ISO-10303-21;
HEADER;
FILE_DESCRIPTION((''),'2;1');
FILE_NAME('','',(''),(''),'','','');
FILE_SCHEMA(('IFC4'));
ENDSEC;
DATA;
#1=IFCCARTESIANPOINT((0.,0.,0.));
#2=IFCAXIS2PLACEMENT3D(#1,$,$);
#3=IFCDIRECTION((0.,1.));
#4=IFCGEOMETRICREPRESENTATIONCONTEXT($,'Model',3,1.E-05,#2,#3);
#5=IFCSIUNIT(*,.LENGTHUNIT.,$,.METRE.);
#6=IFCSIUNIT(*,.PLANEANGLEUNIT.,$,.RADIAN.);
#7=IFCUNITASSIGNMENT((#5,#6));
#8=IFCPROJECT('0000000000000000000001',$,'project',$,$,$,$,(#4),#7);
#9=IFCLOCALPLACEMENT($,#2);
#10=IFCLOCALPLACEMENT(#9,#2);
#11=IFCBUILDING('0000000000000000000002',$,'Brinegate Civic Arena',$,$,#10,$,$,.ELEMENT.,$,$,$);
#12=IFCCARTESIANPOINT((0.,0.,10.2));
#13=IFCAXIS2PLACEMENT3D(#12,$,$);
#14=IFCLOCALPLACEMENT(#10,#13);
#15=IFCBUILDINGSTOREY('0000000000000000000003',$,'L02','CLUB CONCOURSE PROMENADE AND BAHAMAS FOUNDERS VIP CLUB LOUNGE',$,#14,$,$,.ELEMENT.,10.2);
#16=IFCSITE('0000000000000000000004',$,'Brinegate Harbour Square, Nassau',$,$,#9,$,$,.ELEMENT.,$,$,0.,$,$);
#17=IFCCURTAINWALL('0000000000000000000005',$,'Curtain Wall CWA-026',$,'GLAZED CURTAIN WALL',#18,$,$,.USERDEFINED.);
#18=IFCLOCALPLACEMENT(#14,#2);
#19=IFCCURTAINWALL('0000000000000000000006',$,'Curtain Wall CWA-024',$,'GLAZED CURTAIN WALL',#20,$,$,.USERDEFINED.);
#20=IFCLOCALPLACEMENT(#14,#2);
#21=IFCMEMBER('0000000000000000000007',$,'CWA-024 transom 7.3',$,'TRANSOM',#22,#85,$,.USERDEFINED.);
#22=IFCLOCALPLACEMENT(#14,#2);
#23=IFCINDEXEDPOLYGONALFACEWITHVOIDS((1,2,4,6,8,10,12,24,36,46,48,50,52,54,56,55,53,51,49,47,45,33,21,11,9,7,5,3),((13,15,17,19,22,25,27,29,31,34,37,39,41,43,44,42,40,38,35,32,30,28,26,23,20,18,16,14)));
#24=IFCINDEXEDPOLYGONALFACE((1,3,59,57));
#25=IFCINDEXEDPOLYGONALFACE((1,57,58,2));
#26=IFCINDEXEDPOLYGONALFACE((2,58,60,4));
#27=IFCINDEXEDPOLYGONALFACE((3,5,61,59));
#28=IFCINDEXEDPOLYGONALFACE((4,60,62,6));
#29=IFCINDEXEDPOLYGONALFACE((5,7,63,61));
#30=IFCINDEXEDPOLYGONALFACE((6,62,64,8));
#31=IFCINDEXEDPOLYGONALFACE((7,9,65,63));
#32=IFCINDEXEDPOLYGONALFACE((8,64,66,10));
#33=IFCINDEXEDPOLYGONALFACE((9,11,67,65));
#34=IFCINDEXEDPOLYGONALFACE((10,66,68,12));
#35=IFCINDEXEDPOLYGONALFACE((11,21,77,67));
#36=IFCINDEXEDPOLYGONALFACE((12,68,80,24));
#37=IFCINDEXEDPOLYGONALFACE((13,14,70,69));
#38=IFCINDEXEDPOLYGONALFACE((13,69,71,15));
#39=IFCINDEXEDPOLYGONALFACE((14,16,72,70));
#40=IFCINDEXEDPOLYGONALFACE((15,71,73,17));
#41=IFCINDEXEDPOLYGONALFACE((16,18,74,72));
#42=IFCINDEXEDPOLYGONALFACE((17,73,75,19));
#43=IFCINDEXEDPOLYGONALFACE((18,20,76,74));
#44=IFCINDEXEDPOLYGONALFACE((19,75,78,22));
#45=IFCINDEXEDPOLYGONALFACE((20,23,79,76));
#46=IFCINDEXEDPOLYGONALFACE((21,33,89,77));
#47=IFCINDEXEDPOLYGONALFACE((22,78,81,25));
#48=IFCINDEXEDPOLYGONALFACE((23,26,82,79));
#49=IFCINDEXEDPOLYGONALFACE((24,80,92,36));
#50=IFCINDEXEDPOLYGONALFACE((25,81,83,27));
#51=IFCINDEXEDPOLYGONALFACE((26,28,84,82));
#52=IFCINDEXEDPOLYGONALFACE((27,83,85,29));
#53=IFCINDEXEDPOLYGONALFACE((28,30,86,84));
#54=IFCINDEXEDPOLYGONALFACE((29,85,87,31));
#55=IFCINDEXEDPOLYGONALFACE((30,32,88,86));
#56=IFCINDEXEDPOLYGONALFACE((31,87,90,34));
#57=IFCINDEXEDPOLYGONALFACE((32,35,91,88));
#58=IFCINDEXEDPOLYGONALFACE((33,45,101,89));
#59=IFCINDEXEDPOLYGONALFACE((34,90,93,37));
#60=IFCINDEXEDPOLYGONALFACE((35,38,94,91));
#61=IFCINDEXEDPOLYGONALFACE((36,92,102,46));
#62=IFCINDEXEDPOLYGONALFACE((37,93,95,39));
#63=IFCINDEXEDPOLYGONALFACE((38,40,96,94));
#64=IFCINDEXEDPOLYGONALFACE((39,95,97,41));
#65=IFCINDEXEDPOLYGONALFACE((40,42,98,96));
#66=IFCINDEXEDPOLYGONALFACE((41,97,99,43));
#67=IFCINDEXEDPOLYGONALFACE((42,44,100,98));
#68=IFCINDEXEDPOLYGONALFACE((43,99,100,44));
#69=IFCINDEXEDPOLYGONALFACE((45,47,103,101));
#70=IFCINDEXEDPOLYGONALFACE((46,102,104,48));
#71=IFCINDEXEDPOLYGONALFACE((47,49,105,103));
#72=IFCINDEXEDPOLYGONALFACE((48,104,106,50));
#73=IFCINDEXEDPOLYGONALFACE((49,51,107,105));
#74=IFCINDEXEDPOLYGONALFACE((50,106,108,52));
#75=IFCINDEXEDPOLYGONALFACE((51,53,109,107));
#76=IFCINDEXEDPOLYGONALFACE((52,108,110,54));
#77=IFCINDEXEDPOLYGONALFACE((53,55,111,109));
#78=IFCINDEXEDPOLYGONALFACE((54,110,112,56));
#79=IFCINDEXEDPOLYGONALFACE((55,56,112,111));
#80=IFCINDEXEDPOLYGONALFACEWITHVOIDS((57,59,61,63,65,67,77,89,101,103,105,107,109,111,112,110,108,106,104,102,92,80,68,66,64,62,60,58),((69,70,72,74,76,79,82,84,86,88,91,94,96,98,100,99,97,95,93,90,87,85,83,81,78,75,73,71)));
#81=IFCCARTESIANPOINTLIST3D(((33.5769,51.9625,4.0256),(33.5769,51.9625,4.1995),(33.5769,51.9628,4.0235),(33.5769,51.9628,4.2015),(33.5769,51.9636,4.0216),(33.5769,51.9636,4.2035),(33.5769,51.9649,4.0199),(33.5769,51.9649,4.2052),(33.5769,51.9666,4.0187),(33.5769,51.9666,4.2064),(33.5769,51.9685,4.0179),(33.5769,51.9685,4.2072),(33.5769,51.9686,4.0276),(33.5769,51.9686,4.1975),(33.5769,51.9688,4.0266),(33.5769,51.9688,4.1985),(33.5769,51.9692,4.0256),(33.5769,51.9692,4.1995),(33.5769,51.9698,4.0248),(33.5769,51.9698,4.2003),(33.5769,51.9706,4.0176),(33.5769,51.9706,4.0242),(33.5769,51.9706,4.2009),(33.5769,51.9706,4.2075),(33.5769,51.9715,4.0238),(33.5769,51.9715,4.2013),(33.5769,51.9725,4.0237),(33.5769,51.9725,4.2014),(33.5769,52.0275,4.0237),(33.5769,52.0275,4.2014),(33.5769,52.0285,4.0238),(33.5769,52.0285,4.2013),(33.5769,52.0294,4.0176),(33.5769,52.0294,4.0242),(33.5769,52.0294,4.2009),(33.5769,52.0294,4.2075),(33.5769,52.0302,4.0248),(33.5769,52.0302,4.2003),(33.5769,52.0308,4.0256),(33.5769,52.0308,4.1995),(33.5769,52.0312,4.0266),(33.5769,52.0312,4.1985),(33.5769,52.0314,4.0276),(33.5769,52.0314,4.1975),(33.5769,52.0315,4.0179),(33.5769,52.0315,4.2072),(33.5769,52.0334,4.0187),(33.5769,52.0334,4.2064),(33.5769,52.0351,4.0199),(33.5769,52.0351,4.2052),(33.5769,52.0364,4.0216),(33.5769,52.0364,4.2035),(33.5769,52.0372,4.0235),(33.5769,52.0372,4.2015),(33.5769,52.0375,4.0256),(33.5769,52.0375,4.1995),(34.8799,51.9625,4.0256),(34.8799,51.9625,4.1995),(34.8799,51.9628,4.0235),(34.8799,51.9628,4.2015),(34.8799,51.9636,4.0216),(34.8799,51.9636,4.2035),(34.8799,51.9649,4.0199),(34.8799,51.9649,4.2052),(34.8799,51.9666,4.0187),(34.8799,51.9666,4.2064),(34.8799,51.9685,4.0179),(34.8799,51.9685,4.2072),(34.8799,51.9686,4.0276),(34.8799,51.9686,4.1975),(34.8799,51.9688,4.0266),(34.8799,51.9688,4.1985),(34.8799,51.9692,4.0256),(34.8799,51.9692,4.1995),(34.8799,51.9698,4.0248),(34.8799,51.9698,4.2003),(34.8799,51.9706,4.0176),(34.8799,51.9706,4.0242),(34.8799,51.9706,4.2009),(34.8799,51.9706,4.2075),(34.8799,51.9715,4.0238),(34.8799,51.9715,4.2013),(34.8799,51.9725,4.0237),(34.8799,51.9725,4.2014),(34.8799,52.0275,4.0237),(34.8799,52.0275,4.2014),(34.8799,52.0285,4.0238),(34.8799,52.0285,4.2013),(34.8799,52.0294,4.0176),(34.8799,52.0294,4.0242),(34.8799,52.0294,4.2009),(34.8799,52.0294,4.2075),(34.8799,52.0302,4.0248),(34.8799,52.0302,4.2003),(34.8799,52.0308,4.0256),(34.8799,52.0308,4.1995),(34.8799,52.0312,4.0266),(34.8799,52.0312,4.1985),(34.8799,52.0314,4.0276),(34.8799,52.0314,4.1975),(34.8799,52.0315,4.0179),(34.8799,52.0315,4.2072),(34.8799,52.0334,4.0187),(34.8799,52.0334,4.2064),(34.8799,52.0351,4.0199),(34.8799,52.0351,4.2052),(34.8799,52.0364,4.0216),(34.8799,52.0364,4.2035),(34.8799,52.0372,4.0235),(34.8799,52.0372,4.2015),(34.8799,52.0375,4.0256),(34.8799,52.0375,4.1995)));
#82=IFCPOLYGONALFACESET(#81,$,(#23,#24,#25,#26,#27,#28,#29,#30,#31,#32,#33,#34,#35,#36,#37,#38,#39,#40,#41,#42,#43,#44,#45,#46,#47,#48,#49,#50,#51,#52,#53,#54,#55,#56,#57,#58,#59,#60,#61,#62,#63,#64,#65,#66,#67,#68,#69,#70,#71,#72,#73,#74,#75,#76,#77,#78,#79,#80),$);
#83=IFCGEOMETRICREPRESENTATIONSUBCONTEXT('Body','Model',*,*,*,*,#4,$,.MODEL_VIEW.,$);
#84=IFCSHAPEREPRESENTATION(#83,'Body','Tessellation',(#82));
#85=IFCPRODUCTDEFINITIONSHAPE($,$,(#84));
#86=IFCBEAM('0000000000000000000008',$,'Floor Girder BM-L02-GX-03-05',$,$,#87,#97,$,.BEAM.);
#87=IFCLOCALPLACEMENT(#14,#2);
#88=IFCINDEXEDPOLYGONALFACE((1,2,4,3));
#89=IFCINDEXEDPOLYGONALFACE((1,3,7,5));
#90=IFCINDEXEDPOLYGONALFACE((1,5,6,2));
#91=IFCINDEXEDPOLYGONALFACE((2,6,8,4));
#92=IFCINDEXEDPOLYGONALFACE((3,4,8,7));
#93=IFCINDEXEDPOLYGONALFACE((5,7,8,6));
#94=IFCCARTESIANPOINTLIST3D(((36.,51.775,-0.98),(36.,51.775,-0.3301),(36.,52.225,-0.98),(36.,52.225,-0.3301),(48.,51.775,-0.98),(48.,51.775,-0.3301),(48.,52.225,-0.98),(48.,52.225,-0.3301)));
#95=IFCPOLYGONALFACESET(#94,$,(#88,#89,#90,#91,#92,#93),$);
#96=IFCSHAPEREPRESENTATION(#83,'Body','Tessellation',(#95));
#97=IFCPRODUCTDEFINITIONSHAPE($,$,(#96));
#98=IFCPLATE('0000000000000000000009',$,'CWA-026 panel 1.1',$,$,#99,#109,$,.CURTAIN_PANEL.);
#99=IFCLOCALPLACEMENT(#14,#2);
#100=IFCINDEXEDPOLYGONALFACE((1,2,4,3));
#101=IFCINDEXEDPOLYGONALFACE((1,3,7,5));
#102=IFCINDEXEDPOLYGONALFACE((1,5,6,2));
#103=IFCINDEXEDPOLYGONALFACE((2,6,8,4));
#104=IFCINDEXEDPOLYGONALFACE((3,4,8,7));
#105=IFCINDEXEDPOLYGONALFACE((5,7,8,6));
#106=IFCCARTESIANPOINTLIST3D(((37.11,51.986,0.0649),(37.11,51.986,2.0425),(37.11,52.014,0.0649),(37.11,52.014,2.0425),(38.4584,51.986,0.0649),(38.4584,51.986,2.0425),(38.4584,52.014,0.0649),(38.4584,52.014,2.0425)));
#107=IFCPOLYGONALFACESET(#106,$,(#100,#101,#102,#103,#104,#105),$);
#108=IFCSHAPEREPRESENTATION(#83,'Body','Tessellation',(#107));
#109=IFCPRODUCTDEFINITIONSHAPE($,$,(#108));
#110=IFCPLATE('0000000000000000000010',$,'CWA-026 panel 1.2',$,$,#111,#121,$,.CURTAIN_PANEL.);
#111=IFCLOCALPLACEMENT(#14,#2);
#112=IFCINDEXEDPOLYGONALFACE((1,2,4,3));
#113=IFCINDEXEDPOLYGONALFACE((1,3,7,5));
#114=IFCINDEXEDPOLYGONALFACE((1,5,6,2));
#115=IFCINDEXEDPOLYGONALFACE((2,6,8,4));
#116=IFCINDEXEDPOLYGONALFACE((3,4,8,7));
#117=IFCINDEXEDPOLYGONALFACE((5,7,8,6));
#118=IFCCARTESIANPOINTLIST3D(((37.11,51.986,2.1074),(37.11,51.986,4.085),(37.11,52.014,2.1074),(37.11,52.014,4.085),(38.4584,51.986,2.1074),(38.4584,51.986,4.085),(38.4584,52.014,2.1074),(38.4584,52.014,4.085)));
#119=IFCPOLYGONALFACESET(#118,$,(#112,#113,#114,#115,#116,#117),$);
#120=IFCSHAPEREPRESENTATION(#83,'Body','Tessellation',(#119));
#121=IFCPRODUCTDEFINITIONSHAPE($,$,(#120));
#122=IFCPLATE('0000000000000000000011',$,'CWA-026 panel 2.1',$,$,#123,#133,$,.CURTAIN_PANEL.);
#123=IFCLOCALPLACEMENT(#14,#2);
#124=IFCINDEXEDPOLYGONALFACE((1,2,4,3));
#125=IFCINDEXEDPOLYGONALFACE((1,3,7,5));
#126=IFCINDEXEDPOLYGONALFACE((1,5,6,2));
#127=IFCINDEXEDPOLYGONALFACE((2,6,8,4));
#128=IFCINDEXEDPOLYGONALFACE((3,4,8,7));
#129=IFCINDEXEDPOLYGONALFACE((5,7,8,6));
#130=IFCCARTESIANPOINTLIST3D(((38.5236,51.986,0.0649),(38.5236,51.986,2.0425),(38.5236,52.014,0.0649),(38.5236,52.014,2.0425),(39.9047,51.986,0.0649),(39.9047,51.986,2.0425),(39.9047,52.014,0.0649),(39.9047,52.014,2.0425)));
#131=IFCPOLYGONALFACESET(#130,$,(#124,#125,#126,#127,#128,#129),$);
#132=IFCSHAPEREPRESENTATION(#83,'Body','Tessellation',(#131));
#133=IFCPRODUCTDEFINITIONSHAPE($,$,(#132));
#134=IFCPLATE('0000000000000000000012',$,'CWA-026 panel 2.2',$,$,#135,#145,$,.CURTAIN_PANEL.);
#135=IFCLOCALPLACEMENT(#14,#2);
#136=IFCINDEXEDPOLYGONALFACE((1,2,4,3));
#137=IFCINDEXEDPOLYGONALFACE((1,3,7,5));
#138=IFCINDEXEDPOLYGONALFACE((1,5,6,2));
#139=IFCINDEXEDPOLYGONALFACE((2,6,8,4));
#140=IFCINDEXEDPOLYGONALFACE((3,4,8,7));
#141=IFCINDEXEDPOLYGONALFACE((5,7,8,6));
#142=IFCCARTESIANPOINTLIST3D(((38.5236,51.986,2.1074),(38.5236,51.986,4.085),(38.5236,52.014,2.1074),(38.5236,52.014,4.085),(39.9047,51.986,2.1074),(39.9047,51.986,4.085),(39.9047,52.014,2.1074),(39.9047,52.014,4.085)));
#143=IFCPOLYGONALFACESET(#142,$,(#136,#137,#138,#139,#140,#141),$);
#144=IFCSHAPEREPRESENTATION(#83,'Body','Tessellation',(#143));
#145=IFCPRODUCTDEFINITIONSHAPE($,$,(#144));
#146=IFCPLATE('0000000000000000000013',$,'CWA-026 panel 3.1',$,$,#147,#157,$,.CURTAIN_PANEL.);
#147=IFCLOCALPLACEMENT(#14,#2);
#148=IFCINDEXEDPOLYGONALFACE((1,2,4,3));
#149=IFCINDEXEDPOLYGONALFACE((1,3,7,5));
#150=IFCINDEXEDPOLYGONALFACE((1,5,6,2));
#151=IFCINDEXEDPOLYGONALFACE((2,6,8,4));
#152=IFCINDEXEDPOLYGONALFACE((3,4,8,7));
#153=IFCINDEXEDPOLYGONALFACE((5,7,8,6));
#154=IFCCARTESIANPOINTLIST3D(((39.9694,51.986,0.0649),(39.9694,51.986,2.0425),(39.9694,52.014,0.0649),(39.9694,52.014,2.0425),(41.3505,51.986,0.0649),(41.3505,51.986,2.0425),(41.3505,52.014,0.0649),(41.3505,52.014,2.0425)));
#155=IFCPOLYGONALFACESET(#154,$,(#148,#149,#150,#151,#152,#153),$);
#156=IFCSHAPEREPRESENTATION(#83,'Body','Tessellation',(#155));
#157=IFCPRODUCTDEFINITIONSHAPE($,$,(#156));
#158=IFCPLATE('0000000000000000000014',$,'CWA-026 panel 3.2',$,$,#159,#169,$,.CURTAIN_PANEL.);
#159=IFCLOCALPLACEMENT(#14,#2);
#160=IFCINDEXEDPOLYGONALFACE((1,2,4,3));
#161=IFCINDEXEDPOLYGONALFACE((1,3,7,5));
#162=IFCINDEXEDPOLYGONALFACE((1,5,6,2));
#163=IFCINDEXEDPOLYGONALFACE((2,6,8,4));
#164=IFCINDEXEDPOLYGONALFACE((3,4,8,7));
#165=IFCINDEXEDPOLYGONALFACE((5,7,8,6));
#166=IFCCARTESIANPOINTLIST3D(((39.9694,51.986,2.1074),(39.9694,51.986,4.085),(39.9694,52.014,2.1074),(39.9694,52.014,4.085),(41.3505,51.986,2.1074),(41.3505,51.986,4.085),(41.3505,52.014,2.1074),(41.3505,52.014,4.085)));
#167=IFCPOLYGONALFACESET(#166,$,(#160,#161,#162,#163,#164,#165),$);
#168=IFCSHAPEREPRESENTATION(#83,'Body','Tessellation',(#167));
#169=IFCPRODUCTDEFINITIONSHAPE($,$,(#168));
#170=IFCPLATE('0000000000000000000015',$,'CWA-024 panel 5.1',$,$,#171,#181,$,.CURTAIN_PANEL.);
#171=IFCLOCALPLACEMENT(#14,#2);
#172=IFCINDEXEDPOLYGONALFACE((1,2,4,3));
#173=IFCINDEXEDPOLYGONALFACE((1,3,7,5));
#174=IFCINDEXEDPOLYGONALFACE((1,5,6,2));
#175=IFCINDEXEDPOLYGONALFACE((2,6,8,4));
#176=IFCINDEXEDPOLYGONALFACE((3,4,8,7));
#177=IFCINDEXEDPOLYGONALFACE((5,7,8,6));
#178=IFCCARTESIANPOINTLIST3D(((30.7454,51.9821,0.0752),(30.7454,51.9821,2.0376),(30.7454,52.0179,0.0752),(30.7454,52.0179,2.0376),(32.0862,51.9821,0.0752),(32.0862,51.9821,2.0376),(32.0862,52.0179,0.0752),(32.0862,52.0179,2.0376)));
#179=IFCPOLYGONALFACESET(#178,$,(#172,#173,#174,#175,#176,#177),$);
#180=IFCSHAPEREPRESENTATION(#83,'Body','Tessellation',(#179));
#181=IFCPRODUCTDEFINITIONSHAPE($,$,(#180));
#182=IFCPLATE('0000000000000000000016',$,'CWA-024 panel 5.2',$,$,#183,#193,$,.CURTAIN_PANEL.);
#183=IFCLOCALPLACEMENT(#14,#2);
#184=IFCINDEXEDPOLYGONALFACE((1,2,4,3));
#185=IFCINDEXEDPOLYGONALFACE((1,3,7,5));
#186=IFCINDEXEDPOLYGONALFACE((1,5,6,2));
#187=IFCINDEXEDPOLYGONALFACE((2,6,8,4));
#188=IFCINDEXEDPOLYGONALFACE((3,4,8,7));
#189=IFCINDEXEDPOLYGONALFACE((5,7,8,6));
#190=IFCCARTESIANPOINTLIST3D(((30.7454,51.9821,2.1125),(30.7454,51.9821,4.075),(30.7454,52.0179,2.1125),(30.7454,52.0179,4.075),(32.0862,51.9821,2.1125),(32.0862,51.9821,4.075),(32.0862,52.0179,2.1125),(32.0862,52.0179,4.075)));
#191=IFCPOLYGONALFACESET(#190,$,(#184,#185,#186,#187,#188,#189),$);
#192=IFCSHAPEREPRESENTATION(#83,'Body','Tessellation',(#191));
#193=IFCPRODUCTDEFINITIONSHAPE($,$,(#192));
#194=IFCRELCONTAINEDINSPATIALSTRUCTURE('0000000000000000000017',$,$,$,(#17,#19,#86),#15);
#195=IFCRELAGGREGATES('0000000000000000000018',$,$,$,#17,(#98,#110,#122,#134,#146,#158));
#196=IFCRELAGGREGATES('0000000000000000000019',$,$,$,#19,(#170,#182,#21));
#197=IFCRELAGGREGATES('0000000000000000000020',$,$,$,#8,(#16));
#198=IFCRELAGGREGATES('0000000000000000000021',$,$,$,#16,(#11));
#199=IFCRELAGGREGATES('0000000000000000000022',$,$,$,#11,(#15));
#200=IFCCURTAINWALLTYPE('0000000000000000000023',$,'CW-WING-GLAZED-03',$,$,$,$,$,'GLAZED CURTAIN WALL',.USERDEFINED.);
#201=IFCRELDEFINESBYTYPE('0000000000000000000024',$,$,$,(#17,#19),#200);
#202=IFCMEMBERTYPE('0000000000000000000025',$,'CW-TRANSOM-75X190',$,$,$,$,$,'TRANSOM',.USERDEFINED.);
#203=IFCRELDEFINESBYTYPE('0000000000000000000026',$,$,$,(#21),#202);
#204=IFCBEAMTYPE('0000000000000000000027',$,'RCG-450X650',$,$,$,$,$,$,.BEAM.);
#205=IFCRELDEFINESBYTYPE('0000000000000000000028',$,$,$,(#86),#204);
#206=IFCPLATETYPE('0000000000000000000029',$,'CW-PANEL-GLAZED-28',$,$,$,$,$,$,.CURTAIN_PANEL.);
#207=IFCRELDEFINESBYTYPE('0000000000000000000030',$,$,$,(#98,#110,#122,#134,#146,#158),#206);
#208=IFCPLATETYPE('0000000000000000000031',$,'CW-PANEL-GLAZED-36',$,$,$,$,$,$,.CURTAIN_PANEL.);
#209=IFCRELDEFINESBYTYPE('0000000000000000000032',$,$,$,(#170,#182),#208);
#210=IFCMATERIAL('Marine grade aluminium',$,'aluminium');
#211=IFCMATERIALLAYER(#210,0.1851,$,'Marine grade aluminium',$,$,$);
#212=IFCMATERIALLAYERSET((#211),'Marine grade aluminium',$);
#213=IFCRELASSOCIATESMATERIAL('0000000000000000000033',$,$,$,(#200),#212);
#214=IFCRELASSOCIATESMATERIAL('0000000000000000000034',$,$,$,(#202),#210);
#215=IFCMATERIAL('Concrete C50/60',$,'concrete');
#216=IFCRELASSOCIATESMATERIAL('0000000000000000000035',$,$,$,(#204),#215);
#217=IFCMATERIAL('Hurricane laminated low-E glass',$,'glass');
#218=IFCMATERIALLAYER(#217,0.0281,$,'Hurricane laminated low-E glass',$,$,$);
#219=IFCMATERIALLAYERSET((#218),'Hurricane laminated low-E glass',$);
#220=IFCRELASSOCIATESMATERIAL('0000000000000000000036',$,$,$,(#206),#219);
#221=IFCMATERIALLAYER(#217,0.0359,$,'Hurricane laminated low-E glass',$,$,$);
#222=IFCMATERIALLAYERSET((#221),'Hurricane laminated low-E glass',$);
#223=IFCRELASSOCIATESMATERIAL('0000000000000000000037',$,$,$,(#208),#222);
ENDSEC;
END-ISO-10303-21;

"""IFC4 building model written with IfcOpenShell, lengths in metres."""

from ifc_helpers import new_model, si_unit, direction, frame, origin, origin_2d, place, context, subcontext, project, spatial, rectangle, hollow_rectangle, extrude, material, layer, layer_set, material_profile, profile_set, type_object, element, aggregate, save


model = new_model("IFC4")

# Units and contexts
model_context = context("Model", 3, precision=1e-05, world=origin(), true_north=direction((0.0, 1.0)))
body_context = subcontext(model_context, "Body", "Model", "MODEL_VIEW")
ifc_project = project(units=[si_unit("LENGTHUNIT", "METRE"), si_unit("PLANEANGLEUNIT", "RADIAN")], contexts=[model_context])

# Site, building, storey
site_placement = place(None, origin())
site = spatial("IfcSite", under=ifc_project, at=site_placement, Name="Brinegate Harbour Square, Nassau", CompositionType="ELEMENT", RefElevation=0.0)
building_placement = place(site_placement, origin())
building = spatial("IfcBuilding", under=site, at=building_placement, Name="Brinegate Civic Arena", CompositionType="ELEMENT")
storey_placement = place(building_placement, frame((0.0, 0.0, 10.2)))
storey = spatial("IfcBuildingStorey", under=building, at=storey_placement, Name="L02", Description="CLUB CONCOURSE PROMENADE AND BAHAMAS FOUNDERS VIP CLUB LOUNGE", CompositionType="ELEMENT", Elevation=10.2)

# Shared definitions
ifc_material_1 = material(Name="Concrete C50/60", Category="concrete")

# Curtain walls
ifc_material_2 = material(Name="Marine grade aluminium", Category="aluminium")
ifc_layer_1 = layer(ifc_material_2, 0.1851, Name="Marine grade aluminium")
ifc_layer_set_1 = layer_set([ifc_layer_1], Name="Marine grade aluminium")
curtain_wall_type = type_object("IfcCurtainWallType", Name="CW-WING-GLAZED-03", ElementType="GLAZED CURTAIN WALL", PredefinedType="USERDEFINED", material=ifc_layer_set_1)
curtain_wall_1_placement = place(storey_placement, origin())
curtain_wall_1 = element("IfcCurtainWall", 1, at=curtain_wall_1_placement, inside=storey, type_object=curtain_wall_type, Name="Curtain Wall CWA-026", ObjectType="GLAZED CURTAIN WALL", PredefinedType="USERDEFINED")
curtain_wall_2_placement = place(storey_placement, origin())
curtain_wall_2 = element("IfcCurtainWall", 2, at=curtain_wall_2_placement, inside=storey, type_object=curtain_wall_type, Name="Curtain Wall CWA-024", ObjectType="GLAZED CURTAIN WALL", PredefinedType="USERDEFINED")

# Member
ifc_material_profile_1 = material_profile(ifc_material_2, hollow_rectangle(XDim=0.075, YDim=0.1899, WallThickness=0.0061, InnerFilletRadius=0.0039, OuterFilletRadius=0.0081, at=origin_2d()), Name="TRN75X190")
ifc_profile_set_1 = profile_set([ifc_material_profile_1], Name="Marine grade aluminium")
member_type_1 = type_object("IfcMemberType", Name="CW-TRANSOM-75X190", ElementType="TRANSOM", PredefinedType="USERDEFINED", material=ifc_profile_set_1)
member_1_placement = place(storey_placement, frame((33.5769, 52.0, 4.1125), z_axis=(1.0, 0.0, 0.0), x_axis=(0.0, 1.0, 0.0)))
member_1 = element("IfcMember", 3, at=member_1_placement, type_object=member_type_1, Name="CWA-024 transom 7.3", ObjectType="TRANSOM", PredefinedType="USERDEFINED", context=body_context, shape_type="SweptSolid", body=[
    extrude(hollow_rectangle(XDim=0.075, YDim=0.1899, WallThickness=0.0061, InnerFilletRadius=0.0039, OuterFilletRadius=0.0081, at=origin_2d()), origin(), (0.0, 0.0, 1.0), 1.303),
])

# Beam
ifc_material_profile_2 = material_profile(ifc_material_1, rectangle(XDim=0.45, YDim=0.6499, at=origin_2d()), Name="RCB450X650")
ifc_profile_set_2 = profile_set([ifc_material_profile_2], Name="Concrete C50/60")
beam_type = type_object("IfcBeamType", Name="RCG-450X650", PredefinedType="BEAM", material=ifc_profile_set_2)
beam_placement = place(storey_placement, frame((36.0, 52.0, -0.655), z_axis=(1.0, 0.0, 0.0), x_axis=(0.0, 1.0, 0.0)))
element("IfcBeam", 4, at=beam_placement, inside=storey, type_object=beam_type, Name="Floor Girder BM-L02-GX-03-05", PredefinedType="BEAM", context=body_context, shape_type="SweptSolid", body=[
    extrude(rectangle(XDim=0.45, YDim=0.6499, at=origin_2d()), origin(), (0.0, 0.0, 1.0), 12.0),
])

# Plates
ifc_material_3 = material(Name="Hurricane laminated low-E glass", Category="glass")
ifc_layer_2 = layer(ifc_material_3, 0.0281, Name="Hurricane laminated low-E glass")
ifc_layer_set_2 = layer_set([ifc_layer_2], Name="Hurricane laminated low-E glass")
plate_type_1 = type_object("IfcPlateType", Name="CW-PANEL-GLAZED-28", PredefinedType="CURTAIN_PANEL", material=ifc_layer_set_2)
plate_1_placement = place(storey_placement, frame((37.7842, 52.0, 0.0649), z_axis=(0.0, 0.0, 1.0), x_axis=(1.0, 0.0, 0.0)))
plate_1 = element("IfcPlate", 5, at=plate_1_placement, type_object=plate_type_1, Name="CWA-026 panel 1.1", PredefinedType="CURTAIN_PANEL", context=body_context, shape_type="SweptSolid", body=[
    extrude(rectangle(XDim=1.3484, YDim=0.0281, at=origin_2d()), origin(), (0.0, 0.0, 1.0), 1.9775),
])
plate_2_placement = place(storey_placement, frame((37.7842, 52.0, 2.1074), z_axis=(0.0, 0.0, 1.0), x_axis=(1.0, 0.0, 0.0)))
plate_2 = element("IfcPlate", 6, at=plate_2_placement, type_object=plate_type_1, Name="CWA-026 panel 1.2", PredefinedType="CURTAIN_PANEL", context=body_context, shape_type="SweptSolid", body=[
    extrude(rectangle(XDim=1.3484, YDim=0.0281, at=origin_2d()), origin(), (0.0, 0.0, 1.0), 1.9775),
])
plate_3_placement = place(storey_placement, frame((39.2141, 52.0, 0.0649), z_axis=(0.0, 0.0, 1.0), x_axis=(1.0, 0.0, 0.0)))
plate_3 = element("IfcPlate", 7, at=plate_3_placement, type_object=plate_type_1, Name="CWA-026 panel 2.1", PredefinedType="CURTAIN_PANEL", context=body_context, shape_type="SweptSolid", body=[
    extrude(rectangle(XDim=1.3811, YDim=0.0281, at=origin_2d()), origin(), (0.0, 0.0, 1.0), 1.9775),
])
plate_4_placement = place(storey_placement, frame((39.2141, 52.0, 2.1074), z_axis=(0.0, 0.0, 1.0), x_axis=(1.0, 0.0, 0.0)))
plate_4 = element("IfcPlate", 8, at=plate_4_placement, type_object=plate_type_1, Name="CWA-026 panel 2.2", PredefinedType="CURTAIN_PANEL", context=body_context, shape_type="SweptSolid", body=[
    extrude(rectangle(XDim=1.3811, YDim=0.0281, at=origin_2d()), origin(), (0.0, 0.0, 1.0), 1.9775),
])
plate_5_placement = place(storey_placement, frame((40.6599, 52.0, 0.0649), z_axis=(0.0, 0.0, 1.0), x_axis=(1.0, 0.0, 0.0)))
plate_5 = element("IfcPlate", 9, at=plate_5_placement, type_object=plate_type_1, Name="CWA-026 panel 3.1", PredefinedType="CURTAIN_PANEL", context=body_context, shape_type="SweptSolid", body=[
    extrude(rectangle(XDim=1.3811, YDim=0.0281, at=origin_2d()), origin(), (0.0, 0.0, 1.0), 1.9775),
])
plate_6_placement = place(storey_placement, frame((40.6599, 52.0, 2.1074), z_axis=(0.0, 0.0, 1.0), x_axis=(1.0, 0.0, 0.0)))
plate_6 = element("IfcPlate", 10, at=plate_6_placement, type_object=plate_type_1, Name="CWA-026 panel 3.2", PredefinedType="CURTAIN_PANEL", context=body_context, shape_type="SweptSolid", body=[
    extrude(rectangle(XDim=1.3811, YDim=0.0281, at=origin_2d()), origin(), (0.0, 0.0, 1.0), 1.9775),
])
aggregate(curtain_wall_1, [plate_1, plate_2, plate_3, plate_4, plate_5, plate_6])
ifc_layer_3 = layer(ifc_material_3, 0.0359, Name="Hurricane laminated low-E glass")
ifc_layer_set_3 = layer_set([ifc_layer_3], Name="Hurricane laminated low-E glass")
plate_type_2 = type_object("IfcPlateType", Name="CW-PANEL-GLAZED-36", PredefinedType="CURTAIN_PANEL", material=ifc_layer_set_3)
plate_7_placement = place(storey_placement, frame((31.4158, 52.0, 0.0752), z_axis=(0.0, 0.0, 1.0), x_axis=(1.0, 0.0, 0.0)))
plate_7 = element("IfcPlate", 11, at=plate_7_placement, type_object=plate_type_2, Name="CWA-024 panel 5.1", PredefinedType="CURTAIN_PANEL", context=body_context, shape_type="SweptSolid", body=[
    extrude(rectangle(XDim=1.3408, YDim=0.0359, at=origin_2d()), origin(), (0.0, 0.0, 1.0), 1.9624),
])
plate_8_placement = place(storey_placement, frame((31.4158, 52.0, 2.1125), z_axis=(0.0, 0.0, 1.0), x_axis=(1.0, 0.0, 0.0)))
plate_8 = element("IfcPlate", 12, at=plate_8_placement, type_object=plate_type_2, Name="CWA-024 panel 5.2", PredefinedType="CURTAIN_PANEL", context=body_context, shape_type="SweptSolid", body=[
    extrude(rectangle(XDim=1.3408, YDim=0.0359, at=origin_2d()), origin(), (0.0, 0.0, 1.0), 1.9624),
])
aggregate(curtain_wall_2, [plate_7, plate_8, member_1])

save(model, "model.ifc")
